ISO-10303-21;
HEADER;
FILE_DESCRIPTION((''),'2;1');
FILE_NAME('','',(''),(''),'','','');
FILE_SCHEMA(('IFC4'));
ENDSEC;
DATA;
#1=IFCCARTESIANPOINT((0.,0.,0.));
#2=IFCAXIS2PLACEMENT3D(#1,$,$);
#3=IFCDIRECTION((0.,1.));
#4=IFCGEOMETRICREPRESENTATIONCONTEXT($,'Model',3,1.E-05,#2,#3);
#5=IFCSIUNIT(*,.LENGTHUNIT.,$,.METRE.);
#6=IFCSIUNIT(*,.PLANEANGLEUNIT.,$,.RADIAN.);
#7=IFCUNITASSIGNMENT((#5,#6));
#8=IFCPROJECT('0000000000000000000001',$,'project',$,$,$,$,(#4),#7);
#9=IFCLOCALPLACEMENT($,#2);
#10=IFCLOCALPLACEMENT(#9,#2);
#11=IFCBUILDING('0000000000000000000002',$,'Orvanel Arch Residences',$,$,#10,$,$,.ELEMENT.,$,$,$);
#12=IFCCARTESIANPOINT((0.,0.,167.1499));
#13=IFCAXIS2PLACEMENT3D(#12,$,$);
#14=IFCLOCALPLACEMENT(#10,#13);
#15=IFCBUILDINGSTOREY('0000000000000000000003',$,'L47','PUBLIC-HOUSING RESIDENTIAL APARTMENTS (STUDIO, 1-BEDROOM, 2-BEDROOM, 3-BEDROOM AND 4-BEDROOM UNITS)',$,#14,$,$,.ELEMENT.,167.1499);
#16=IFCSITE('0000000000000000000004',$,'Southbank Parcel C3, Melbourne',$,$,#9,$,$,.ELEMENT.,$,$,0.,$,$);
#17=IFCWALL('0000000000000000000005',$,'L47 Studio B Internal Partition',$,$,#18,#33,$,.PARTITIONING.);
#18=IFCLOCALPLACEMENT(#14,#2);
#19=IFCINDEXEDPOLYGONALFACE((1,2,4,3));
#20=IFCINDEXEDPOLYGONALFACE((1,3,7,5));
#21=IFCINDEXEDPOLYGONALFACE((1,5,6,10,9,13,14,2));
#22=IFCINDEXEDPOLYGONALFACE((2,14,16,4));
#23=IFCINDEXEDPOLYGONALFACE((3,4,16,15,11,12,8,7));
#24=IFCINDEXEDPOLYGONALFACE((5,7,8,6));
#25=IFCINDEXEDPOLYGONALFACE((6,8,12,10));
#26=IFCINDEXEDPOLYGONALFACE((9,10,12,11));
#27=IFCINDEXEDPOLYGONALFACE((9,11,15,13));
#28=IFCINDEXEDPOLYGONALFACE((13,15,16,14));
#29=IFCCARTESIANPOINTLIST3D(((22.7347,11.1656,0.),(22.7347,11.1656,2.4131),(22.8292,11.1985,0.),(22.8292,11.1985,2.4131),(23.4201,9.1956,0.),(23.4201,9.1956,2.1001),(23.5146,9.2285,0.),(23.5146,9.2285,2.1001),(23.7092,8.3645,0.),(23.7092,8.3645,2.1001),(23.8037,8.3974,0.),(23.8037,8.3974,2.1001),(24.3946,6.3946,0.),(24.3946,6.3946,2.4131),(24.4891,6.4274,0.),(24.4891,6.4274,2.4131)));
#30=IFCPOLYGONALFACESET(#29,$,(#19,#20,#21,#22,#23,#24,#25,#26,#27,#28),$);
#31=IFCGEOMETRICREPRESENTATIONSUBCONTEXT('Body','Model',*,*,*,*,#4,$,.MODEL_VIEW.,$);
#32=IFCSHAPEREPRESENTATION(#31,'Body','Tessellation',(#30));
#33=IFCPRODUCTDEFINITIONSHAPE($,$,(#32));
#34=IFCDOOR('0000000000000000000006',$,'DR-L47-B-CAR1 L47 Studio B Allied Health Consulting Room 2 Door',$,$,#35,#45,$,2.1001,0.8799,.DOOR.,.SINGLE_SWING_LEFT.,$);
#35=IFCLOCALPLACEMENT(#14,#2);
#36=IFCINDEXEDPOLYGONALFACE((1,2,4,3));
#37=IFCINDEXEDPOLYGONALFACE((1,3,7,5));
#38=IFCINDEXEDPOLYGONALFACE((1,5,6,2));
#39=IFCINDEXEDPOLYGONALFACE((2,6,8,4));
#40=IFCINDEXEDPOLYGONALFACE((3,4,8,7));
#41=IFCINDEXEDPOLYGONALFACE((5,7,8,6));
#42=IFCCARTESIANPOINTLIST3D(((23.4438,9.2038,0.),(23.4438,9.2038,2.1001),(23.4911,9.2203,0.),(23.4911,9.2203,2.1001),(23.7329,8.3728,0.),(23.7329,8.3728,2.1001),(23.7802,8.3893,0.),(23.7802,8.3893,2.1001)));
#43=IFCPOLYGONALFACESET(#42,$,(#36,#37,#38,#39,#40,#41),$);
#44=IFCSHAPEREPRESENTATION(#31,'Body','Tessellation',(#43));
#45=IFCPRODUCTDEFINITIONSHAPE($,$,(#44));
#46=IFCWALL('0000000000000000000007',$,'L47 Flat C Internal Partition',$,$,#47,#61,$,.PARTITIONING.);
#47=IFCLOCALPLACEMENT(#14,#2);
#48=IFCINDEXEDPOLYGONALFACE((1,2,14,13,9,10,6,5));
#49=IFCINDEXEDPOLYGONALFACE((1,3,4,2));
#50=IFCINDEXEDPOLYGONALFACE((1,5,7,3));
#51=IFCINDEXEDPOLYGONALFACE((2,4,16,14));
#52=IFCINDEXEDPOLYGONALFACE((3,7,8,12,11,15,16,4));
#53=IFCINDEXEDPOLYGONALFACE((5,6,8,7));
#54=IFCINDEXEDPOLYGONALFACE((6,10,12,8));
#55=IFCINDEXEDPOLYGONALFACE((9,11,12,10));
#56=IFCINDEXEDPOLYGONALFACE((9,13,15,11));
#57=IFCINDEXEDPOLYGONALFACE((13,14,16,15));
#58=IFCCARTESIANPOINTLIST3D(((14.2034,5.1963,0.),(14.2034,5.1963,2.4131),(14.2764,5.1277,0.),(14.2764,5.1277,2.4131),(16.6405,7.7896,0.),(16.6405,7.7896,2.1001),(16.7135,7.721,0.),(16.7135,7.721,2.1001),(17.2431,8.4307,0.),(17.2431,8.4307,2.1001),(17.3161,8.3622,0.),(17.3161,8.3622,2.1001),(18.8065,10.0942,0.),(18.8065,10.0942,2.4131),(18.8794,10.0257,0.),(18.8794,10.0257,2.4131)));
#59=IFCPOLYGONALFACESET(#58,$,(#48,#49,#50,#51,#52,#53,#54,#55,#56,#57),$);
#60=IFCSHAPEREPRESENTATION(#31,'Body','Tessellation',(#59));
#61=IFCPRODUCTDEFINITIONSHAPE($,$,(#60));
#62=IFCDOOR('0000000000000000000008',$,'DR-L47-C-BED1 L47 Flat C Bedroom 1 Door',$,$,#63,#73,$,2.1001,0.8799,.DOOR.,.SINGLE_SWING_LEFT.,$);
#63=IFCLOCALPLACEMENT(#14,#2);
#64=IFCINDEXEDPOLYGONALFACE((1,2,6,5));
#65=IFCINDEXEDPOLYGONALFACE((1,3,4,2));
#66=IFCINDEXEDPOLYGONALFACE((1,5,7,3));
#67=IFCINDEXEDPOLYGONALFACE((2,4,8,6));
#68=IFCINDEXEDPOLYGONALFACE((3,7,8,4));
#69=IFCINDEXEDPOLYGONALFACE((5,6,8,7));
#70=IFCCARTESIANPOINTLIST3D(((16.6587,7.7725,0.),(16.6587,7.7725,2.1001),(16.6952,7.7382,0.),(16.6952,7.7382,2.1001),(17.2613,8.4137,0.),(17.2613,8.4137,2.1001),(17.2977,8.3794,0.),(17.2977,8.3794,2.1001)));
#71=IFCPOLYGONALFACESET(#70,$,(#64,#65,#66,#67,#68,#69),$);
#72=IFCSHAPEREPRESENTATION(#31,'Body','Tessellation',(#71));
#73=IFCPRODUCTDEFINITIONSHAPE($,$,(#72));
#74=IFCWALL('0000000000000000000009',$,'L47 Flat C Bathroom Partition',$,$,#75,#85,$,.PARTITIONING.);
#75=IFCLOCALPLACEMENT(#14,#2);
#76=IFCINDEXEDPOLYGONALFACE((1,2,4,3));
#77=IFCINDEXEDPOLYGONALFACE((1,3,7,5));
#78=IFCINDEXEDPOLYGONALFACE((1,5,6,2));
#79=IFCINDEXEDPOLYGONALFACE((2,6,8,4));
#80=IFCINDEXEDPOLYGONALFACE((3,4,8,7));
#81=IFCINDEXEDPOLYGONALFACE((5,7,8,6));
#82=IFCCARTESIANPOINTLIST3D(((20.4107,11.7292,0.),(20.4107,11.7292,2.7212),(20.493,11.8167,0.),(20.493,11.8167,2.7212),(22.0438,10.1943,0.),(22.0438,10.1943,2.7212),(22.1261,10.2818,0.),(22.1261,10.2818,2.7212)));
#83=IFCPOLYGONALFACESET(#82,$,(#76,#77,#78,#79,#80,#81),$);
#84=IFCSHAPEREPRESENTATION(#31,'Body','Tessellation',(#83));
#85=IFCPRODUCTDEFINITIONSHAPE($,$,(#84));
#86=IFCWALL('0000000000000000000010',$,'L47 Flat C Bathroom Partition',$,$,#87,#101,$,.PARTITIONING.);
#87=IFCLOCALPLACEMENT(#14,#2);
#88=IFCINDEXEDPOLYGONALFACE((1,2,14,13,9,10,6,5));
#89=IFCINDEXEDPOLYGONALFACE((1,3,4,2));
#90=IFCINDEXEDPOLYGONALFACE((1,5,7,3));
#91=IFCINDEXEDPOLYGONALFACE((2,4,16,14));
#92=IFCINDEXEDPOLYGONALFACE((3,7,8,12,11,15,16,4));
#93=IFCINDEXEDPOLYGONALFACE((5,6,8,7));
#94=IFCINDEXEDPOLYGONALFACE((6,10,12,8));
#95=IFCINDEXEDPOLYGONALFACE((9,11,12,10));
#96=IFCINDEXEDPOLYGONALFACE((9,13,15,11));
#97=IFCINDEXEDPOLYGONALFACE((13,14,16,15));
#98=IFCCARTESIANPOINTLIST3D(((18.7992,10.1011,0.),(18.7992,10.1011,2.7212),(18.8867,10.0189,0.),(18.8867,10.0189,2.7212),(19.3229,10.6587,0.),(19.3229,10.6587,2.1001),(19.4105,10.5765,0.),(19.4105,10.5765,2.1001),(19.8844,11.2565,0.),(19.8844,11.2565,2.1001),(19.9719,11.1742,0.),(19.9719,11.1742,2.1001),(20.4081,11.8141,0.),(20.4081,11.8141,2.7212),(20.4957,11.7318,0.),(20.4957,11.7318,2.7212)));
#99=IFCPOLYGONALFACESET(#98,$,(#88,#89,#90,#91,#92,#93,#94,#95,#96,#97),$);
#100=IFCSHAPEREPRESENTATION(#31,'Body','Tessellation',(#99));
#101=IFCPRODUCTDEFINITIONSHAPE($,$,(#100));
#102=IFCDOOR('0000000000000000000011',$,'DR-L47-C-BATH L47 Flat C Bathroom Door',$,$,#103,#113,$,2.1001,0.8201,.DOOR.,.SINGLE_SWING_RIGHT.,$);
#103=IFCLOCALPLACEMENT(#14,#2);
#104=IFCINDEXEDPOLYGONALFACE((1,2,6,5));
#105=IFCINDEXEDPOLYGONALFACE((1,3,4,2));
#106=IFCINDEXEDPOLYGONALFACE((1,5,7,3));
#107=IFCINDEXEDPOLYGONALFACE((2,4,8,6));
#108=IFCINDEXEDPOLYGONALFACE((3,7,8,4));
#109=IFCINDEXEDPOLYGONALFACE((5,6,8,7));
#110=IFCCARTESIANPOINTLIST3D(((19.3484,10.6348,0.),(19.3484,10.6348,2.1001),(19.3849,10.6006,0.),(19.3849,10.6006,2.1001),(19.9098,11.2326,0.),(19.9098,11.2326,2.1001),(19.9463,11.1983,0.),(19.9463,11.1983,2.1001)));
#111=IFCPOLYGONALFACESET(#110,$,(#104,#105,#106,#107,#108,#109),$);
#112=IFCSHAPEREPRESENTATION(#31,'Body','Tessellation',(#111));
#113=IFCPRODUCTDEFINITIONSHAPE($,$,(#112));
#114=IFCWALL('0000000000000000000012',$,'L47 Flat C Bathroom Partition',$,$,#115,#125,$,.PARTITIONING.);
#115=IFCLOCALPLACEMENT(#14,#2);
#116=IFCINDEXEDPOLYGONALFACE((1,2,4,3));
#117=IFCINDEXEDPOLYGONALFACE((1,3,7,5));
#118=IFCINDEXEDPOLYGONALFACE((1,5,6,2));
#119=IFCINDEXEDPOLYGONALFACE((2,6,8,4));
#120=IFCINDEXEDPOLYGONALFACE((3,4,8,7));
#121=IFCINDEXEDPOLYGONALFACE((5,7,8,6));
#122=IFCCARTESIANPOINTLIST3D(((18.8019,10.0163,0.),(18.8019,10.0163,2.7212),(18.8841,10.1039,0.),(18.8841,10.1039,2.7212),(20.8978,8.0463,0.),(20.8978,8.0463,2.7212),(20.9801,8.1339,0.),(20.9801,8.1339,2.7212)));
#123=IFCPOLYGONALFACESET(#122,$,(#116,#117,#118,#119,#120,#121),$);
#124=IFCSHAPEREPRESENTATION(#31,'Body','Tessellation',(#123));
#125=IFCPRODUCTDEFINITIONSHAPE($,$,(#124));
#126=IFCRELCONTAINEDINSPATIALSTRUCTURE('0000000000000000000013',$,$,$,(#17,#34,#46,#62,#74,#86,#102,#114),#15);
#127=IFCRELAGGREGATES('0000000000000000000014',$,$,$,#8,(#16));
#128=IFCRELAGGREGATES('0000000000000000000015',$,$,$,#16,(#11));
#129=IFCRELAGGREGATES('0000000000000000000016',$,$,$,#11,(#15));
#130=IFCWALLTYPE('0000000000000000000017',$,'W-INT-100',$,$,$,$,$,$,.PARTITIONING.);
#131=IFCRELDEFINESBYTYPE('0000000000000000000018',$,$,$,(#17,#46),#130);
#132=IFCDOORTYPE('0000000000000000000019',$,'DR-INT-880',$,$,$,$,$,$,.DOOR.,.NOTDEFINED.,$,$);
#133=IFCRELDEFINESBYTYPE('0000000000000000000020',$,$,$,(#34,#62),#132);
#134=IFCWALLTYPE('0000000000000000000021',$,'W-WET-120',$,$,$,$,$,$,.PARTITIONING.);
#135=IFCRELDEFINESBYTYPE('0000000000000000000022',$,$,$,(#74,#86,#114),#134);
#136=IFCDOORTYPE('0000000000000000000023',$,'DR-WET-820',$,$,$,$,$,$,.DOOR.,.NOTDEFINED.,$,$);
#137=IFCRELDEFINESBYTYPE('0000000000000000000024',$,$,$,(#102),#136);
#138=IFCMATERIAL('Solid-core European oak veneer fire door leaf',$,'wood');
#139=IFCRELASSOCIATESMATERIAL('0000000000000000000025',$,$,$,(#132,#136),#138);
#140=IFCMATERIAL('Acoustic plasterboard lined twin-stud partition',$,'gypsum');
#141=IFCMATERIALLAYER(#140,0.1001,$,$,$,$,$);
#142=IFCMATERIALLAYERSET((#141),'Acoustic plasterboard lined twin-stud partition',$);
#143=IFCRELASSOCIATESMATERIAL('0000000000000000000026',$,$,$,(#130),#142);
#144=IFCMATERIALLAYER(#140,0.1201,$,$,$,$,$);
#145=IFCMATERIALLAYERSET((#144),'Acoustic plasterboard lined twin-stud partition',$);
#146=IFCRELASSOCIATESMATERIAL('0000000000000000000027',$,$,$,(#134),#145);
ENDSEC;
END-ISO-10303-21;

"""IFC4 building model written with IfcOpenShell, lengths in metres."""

from ifc_helpers import new_model, si_unit, direction, frame, frame_2d, origin, place, context, subcontext, project, spatial, rectangle, extrude, material, layer, layer_set, type_object, element, fill, save


model = new_model("IFC4")

# Units and contexts
model_context = context("Model", 3, precision=1e-05, world=origin(), true_north=direction((0.0, 1.0)))
body_context = subcontext(model_context, "Body", "Model", "MODEL_VIEW")
ifc_project = project(units=[si_unit("LENGTHUNIT", "METRE"), si_unit("PLANEANGLEUNIT", "RADIAN")], contexts=[model_context])

# Site, building, storey
site_placement = place(None, origin())
site = spatial("IfcSite", under=ifc_project, at=site_placement, Name="Southbank Parcel C3, Melbourne", CompositionType="ELEMENT", RefElevation=0.0)
building_placement = place(site_placement, origin())
building = spatial("IfcBuilding", under=site, at=building_placement, Name="Orvanel Arch Residences", CompositionType="ELEMENT")
storey_placement = place(building_placement, frame((0.0, 0.0, 167.1499)))
storey = spatial("IfcBuildingStorey", under=building, at=storey_placement, Name="L47", Description="PUBLIC-HOUSING RESIDENTIAL APARTMENTS (STUDIO, 1-BEDROOM, 2-BEDROOM, 3-BEDROOM AND 4-BEDROOM UNITS)", CompositionType="ELEMENT", Elevation=167.1499)

# Shared definitions
ifc_material_1 = material(Name="Solid-core European oak veneer fire door leaf", Category="wood")
door_type_1 = type_object("IfcDoorType", Name="DR-INT-880", OperationType="NOTDEFINED", PredefinedType="DOOR", material=ifc_material_1)

# Walls, openings, doors
ifc_material_2 = material(Name="Acoustic plasterboard lined twin-stud partition", Category="gypsum")
ifc_layer_1 = layer(ifc_material_2, 0.1001)
ifc_layer_set_1 = layer_set([ifc_layer_1], Name="Acoustic plasterboard lined twin-stud partition")
wall_type_1 = type_object("IfcWallType", Name="W-INT-100", PredefinedType="PARTITIONING", material=ifc_layer_set_1)
wall_1_placement = place(storey_placement, frame((24.4419, 6.4109, 0.0), z_axis=(0.0, 0.0, 1.0), x_axis=(-0.328597, 0.94447, 0.0)))
wall_1 = element("IfcWall", 1, at=wall_1_placement, inside=storey, type_object=wall_type_1, Name="L47 Studio B Internal Partition", PredefinedType="PARTITIONING", context=body_context, shape_type="SweptSolid", body=[
    extrude(rectangle(XDim=5.0515, YDim=0.1001, at=frame_2d((2.5259, 0.0))), origin(), (0.0, 0.0, 1.0), 2.4131),
])
opening_1_placement = place(wall_1_placement, frame((2.0859, 0.0, 0.0)))
opening_1 = element("IfcOpeningElement", 2, at=opening_1_placement, cuts=wall_1, PredefinedType="OPENING", context=body_context, shape_type="SweptSolid", body=[
    extrude(rectangle(XDim=0.8799, YDim=2.1001, at=frame_2d((0.4399, 1.05))), frame((0.0, 0.0601, 0.0), z_axis=(0.0, -1.0, 0.0), x_axis=(1.0, 0.0, 0.0)), (0.0, 0.0, 1.0), 0.1201),
])
door_1_placement = place(opening_1_placement, origin())
door_1 = element("IfcDoor", 3, at=door_1_placement, inside=storey, type_object=door_type_1, Name="DR-L47-B-CAR1 L47 Studio B Allied Health Consulting Room 2 Door", OperationType="SINGLE_SWING_LEFT", OverallHeight=2.1001, OverallWidth=0.8799, PredefinedType="DOOR", context=body_context, shape_type="SweptSolid", body=[
    extrude(rectangle(XDim=0.8799, YDim=2.1001, at=frame_2d((0.4399, 1.05))), frame((0.0, 0.0249, 0.0), z_axis=(0.0, -1.0, 0.0), x_axis=(1.0, 0.0, 0.0)), (0.0, 0.0, 1.0), 0.05),
])
fill(opening_1, door_1)
wall_2_placement = place(storey_placement, frame((18.843, 10.0601, 0.0), z_axis=(0.0, 0.0, 1.0), x_axis=(-0.684827, -0.728705, 0.0)))
wall_2 = element("IfcWall", 4, at=wall_2_placement, inside=storey, type_object=wall_type_1, Name="L47 Flat C Internal Partition", PredefinedType="PARTITIONING", context=body_context, shape_type="SweptSolid", body=[
    extrude(rectangle(XDim=6.7214, YDim=0.1001, at=frame_2d((3.3608, 0.0))), origin(), (0.0, 0.0, 1.0), 2.4131),
])
opening_2_placement = place(wall_2_placement, frame((2.283, 0.0, 0.0)))
opening_2 = element("IfcOpeningElement", 5, at=opening_2_placement, cuts=wall_2, PredefinedType="OPENING", context=body_context, shape_type="SweptSolid", body=[
    extrude(rectangle(XDim=0.8799, YDim=2.1001, at=frame_2d((0.4399, 1.05))), frame((0.0, 0.0601, 0.0), z_axis=(0.0, -1.0, 0.0), x_axis=(1.0, 0.0, 0.0)), (0.0, 0.0, 1.0), 0.1201),
])
door_2_placement = place(opening_2_placement, origin())
door_2 = element("IfcDoor", 6, at=door_2_placement, inside=storey, type_object=door_type_1, Name="DR-L47-C-BED1 L47 Flat C Bedroom 1 Door", OperationType="SINGLE_SWING_LEFT", OverallHeight=2.1001, OverallWidth=0.8799, PredefinedType="DOOR", context=body_context, shape_type="SweptSolid", body=[
    extrude(rectangle(XDim=0.8799, YDim=2.1001, at=frame_2d((0.4399, 1.05))), frame((0.0, 0.0249, 0.0), z_axis=(0.0, -1.0, 0.0), x_axis=(1.0, 0.0, 0.0)), (0.0, 0.0, 1.0), 0.05),
])
fill(opening_2, door_2)

# Wall
ifc_layer_2 = layer(ifc_material_2, 0.1201)
ifc_layer_set_2 = layer_set([ifc_layer_2], Name="Acoustic plasterboard lined twin-stud partition")
wall_type_2 = type_object("IfcWallType", Name="W-WET-120", PredefinedType="PARTITIONING", material=ifc_layer_set_2)
wall_3_placement = place(storey_placement, frame((22.085, 10.238, 0.0), z_axis=(0.0, 0.0, 1.0), x_axis=(-0.728664, 0.684872, 0.0)))
element("IfcWall", 7, at=wall_3_placement, inside=storey, type_object=wall_type_2, Name="L47 Flat C Bathroom Partition", PredefinedType="PARTITIONING", context=body_context, shape_type="SweptSolid", body=[
    extrude(rectangle(XDim=2.2412, YDim=0.1201, at=frame_2d((1.1206, 0.0))), origin(), (0.0, 0.0, 1.0), 2.7212),
])

# Wall, opening, door
wall_4_placement = place(storey_placement, frame((20.4519, 11.7729, 0.0), z_axis=(0.0, 0.0, 1.0), x_axis=(-0.684632, -0.728889, 0.0)))
wall_4 = element("IfcWall", 8, at=wall_4_placement, inside=storey, type_object=wall_type_2, Name="L47 Flat C Bathroom Partition", PredefinedType="PARTITIONING", context=body_context, shape_type="SweptSolid", body=[
    extrude(rectangle(XDim=2.3501, YDim=0.1201, at=frame_2d((1.175, 0.0))), origin(), (0.0, 0.0, 1.0), 2.7212),
])
opening_3_placement = place(wall_4_placement, frame((0.7649, 0.0, 0.0)))
opening_3 = element("IfcOpeningElement", 9, at=opening_3_placement, cuts=wall_4, PredefinedType="OPENING", context=body_context, shape_type="SweptSolid", body=[
    extrude(rectangle(XDim=0.8201, YDim=2.1001, at=frame_2d((0.4102, 1.05))), frame((0.0, 0.0701, 0.0), z_axis=(0.0, -1.0, 0.0), x_axis=(1.0, 0.0, 0.0)), (0.0, 0.0, 1.0), 0.1401),
])
door_type_2 = type_object("IfcDoorType", Name="DR-WET-820", OperationType="NOTDEFINED", PredefinedType="DOOR", material=ifc_material_1)
door_3_placement = place(opening_3_placement, origin())
door_3 = element("IfcDoor", 10, at=door_3_placement, inside=storey, type_object=door_type_2, Name="DR-L47-C-BATH L47 Flat C Bathroom Door", OperationType="SINGLE_SWING_RIGHT", OverallHeight=2.1001, OverallWidth=0.8201, PredefinedType="DOOR", context=body_context, shape_type="SweptSolid", body=[
    extrude(rectangle(XDim=0.8201, YDim=2.1001, at=frame_2d((0.4102, 1.05))), frame((0.0, 0.0249, 0.0), z_axis=(0.0, -1.0, 0.0), x_axis=(1.0, 0.0, 0.0)), (0.0, 0.0, 1.0), 0.05),
])
fill(opening_3, door_3)

# Wall
wall_5_placement = place(storey_placement, frame((20.939, 8.0901, 0.0), z_axis=(0.0, 0.0, 1.0), x_axis=(-0.728666, 0.684869, 0.0)))
element("IfcWall", 11, at=wall_5_placement, inside=storey, type_object=wall_type_2, Name="L47 Flat C Bathroom Partition", PredefinedType="PARTITIONING", context=body_context, shape_type="SweptSolid", body=[
    extrude(rectangle(XDim=2.8765, YDim=0.1201, at=frame_2d((1.4382, 0.0))), origin(), (0.0, 0.0, 1.0), 2.7212),
])

save(model, "model.ifc")
